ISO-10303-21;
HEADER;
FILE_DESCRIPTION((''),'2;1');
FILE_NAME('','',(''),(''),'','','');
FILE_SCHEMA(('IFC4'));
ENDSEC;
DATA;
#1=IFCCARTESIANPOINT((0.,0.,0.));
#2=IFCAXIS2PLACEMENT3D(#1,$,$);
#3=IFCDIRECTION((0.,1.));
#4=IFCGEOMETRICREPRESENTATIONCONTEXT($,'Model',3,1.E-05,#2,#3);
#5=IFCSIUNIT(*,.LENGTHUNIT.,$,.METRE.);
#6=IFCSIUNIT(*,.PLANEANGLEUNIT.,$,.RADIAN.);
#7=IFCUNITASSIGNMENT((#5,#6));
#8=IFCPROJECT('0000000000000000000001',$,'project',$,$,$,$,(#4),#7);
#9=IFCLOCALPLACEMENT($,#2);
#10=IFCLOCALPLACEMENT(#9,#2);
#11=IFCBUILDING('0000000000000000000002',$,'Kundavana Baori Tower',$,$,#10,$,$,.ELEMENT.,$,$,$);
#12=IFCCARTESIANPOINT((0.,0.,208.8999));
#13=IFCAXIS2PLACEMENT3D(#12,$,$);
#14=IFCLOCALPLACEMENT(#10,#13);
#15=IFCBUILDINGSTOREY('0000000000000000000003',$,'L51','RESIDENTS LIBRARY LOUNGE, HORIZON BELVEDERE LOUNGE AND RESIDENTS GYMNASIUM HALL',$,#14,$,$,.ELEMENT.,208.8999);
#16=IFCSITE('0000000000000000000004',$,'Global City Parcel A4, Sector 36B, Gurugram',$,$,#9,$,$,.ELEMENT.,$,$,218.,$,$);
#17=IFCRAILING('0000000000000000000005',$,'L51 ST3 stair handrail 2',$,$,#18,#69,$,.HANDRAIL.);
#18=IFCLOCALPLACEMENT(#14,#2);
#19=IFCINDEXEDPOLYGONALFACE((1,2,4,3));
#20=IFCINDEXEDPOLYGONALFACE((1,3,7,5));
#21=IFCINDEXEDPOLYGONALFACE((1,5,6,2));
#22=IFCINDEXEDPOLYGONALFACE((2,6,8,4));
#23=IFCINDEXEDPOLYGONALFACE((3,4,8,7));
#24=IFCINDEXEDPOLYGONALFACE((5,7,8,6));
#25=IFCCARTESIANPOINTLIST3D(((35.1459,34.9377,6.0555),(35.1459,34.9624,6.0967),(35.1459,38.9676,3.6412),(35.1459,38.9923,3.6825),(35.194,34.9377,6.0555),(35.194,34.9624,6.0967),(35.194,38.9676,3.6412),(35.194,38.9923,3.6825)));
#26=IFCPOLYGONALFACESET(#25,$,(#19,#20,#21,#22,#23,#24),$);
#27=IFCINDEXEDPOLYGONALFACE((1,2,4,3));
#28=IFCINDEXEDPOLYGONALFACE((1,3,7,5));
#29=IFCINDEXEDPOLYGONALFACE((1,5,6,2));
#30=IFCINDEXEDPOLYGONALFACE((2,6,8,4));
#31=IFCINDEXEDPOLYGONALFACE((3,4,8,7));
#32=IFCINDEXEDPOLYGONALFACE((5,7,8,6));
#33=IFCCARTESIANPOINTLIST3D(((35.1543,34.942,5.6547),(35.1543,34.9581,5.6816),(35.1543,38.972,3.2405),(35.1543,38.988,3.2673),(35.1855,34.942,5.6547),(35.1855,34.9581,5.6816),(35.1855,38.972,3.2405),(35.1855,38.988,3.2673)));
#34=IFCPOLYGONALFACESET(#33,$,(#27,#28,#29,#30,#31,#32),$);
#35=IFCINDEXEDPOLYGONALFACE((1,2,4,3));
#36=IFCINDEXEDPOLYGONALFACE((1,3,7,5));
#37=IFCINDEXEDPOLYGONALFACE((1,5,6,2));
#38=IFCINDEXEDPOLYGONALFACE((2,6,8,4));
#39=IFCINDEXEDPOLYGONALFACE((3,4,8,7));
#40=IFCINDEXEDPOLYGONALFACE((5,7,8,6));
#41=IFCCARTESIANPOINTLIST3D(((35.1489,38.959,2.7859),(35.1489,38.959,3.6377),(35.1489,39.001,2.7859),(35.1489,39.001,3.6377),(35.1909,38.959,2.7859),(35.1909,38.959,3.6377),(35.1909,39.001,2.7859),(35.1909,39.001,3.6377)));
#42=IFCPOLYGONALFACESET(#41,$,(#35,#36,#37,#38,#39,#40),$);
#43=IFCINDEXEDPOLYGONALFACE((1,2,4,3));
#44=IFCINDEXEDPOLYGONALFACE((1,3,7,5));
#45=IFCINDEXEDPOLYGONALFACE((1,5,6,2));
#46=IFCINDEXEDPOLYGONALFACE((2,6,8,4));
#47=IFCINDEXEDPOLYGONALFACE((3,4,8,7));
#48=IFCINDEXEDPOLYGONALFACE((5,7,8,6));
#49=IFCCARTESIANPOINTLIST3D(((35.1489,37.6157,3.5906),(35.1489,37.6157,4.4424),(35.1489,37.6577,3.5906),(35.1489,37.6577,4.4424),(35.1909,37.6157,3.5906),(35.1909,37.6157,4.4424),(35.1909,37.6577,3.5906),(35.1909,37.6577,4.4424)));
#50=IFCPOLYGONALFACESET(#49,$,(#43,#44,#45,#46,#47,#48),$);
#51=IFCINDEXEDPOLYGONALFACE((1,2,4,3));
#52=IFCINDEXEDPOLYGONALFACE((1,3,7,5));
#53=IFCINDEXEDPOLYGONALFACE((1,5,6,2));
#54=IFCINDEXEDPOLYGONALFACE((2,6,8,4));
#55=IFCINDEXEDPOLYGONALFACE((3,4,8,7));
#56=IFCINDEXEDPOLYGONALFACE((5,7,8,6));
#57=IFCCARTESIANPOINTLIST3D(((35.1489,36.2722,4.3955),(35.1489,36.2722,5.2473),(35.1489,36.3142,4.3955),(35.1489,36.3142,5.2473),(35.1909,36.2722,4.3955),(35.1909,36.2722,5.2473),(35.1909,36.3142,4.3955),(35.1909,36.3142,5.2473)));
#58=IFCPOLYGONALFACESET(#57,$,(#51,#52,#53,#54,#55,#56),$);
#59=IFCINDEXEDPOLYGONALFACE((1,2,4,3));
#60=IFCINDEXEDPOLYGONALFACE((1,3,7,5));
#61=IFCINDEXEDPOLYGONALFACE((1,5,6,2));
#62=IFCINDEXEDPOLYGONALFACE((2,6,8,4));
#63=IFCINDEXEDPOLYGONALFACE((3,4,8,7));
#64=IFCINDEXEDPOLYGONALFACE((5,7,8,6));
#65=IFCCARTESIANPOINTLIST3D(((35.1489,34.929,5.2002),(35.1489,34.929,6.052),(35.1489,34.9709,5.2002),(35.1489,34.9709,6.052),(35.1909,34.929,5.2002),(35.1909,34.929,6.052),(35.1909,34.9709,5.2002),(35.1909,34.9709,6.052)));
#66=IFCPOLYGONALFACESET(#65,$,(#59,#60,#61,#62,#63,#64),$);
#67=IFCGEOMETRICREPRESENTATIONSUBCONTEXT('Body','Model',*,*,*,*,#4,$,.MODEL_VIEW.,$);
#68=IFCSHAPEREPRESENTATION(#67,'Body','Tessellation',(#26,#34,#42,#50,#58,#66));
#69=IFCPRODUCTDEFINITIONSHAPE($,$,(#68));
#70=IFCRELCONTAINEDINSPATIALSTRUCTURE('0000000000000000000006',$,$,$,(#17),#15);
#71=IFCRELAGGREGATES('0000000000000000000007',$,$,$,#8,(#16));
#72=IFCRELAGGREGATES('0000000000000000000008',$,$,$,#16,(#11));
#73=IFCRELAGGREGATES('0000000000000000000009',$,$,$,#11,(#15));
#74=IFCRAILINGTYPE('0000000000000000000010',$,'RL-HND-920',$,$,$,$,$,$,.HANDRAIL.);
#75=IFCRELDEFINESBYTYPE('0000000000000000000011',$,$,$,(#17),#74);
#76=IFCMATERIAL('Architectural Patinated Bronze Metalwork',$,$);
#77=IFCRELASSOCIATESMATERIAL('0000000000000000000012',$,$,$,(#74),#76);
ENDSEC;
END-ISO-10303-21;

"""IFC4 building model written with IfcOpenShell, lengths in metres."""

from ifc_helpers import new_model, si_unit, direction, frame, origin, origin_2d, place, context, subcontext, project, spatial, rectangle, extrude, material, type_object, element, save


model = new_model("IFC4")

# Units and contexts
model_context = context("Model", 3, precision=1e-05, world=origin(), true_north=direction((0.0, 1.0)))
body_context = subcontext(model_context, "Body", "Model", "MODEL_VIEW")
ifc_project = project(units=[si_unit("LENGTHUNIT", "METRE"), si_unit("PLANEANGLEUNIT", "RADIAN")], contexts=[model_context])

# Site, building, storey
site_placement = place(None, origin())
site = spatial("IfcSite", under=ifc_project, at=site_placement, Name="Global City Parcel A4, Sector 36B, Gurugram", CompositionType="ELEMENT", RefElevation=218.0)
building_placement = place(site_placement, origin())
building = spatial("IfcBuilding", under=site, at=building_placement, Name="Kundavana Baori Tower", CompositionType="ELEMENT")
storey_placement = place(building_placement, frame((0.0, 0.0, 208.8999)))
storey = spatial("IfcBuildingStorey", under=building, at=storey_placement, Name="L51", Description="RESIDENTS LIBRARY LOUNGE, HORIZON BELVEDERE LOUNGE AND RESIDENTS GYMNASIUM HALL", CompositionType="ELEMENT", Elevation=208.8999)

# Railing
ifc_material_1 = material(Name="Architectural Patinated Bronze Metalwork")
railing_type_1 = type_object("IfcRailingType", Name="RL-HND-920", PredefinedType="HANDRAIL", material=ifc_material_1)
railing_1_placement = place(storey_placement, frame((35.1699, 38.98, 2.7859)))
element("IfcRailing", 1, at=railing_1_placement, inside=storey, type_object=railing_type_1, Name="L51 ST3 stair handrail 2", PredefinedType="HANDRAIL", context=body_context, shape_type="SweptSolid", body=[
    extrude(rectangle(XDim=0.0481, YDim=0.0481, at=origin_2d()), frame((0.0, 0.0, 0.876), z_axis=(0.0, -0.857841, 0.513915), x_axis=(1.0, 0.0, 0.0)), (0.0, 0.0, 1.0), 4.6978),
    extrude(rectangle(XDim=0.0312, YDim=0.0312, at=origin_2d()), frame((0.0, 0.0, 0.468), z_axis=(0.0, -0.857841, 0.513915), x_axis=(1.0, 0.0, 0.0)), (0.0, 0.0, 1.0), 4.6978),
    extrude(rectangle(XDim=0.042, YDim=0.042, at=origin_2d()), origin(), (0.0, 0.0, 1.0), 0.8518),
    extrude(rectangle(XDim=0.042, YDim=0.042, at=origin_2d()), frame((0.0, -1.3433, 0.8047)), (0.0, 0.0, 1.0), 0.8518),
    extrude(rectangle(XDim=0.042, YDim=0.042, at=origin_2d()), frame((0.0, -2.6868, 1.6096)), (0.0, 0.0, 1.0), 0.8518),
    extrude(rectangle(XDim=0.042, YDim=0.042, at=origin_2d()), frame((0.0, -4.03, 2.4143)), (0.0, 0.0, 1.0), 0.8518),
])

save(model, "model.ifc")
